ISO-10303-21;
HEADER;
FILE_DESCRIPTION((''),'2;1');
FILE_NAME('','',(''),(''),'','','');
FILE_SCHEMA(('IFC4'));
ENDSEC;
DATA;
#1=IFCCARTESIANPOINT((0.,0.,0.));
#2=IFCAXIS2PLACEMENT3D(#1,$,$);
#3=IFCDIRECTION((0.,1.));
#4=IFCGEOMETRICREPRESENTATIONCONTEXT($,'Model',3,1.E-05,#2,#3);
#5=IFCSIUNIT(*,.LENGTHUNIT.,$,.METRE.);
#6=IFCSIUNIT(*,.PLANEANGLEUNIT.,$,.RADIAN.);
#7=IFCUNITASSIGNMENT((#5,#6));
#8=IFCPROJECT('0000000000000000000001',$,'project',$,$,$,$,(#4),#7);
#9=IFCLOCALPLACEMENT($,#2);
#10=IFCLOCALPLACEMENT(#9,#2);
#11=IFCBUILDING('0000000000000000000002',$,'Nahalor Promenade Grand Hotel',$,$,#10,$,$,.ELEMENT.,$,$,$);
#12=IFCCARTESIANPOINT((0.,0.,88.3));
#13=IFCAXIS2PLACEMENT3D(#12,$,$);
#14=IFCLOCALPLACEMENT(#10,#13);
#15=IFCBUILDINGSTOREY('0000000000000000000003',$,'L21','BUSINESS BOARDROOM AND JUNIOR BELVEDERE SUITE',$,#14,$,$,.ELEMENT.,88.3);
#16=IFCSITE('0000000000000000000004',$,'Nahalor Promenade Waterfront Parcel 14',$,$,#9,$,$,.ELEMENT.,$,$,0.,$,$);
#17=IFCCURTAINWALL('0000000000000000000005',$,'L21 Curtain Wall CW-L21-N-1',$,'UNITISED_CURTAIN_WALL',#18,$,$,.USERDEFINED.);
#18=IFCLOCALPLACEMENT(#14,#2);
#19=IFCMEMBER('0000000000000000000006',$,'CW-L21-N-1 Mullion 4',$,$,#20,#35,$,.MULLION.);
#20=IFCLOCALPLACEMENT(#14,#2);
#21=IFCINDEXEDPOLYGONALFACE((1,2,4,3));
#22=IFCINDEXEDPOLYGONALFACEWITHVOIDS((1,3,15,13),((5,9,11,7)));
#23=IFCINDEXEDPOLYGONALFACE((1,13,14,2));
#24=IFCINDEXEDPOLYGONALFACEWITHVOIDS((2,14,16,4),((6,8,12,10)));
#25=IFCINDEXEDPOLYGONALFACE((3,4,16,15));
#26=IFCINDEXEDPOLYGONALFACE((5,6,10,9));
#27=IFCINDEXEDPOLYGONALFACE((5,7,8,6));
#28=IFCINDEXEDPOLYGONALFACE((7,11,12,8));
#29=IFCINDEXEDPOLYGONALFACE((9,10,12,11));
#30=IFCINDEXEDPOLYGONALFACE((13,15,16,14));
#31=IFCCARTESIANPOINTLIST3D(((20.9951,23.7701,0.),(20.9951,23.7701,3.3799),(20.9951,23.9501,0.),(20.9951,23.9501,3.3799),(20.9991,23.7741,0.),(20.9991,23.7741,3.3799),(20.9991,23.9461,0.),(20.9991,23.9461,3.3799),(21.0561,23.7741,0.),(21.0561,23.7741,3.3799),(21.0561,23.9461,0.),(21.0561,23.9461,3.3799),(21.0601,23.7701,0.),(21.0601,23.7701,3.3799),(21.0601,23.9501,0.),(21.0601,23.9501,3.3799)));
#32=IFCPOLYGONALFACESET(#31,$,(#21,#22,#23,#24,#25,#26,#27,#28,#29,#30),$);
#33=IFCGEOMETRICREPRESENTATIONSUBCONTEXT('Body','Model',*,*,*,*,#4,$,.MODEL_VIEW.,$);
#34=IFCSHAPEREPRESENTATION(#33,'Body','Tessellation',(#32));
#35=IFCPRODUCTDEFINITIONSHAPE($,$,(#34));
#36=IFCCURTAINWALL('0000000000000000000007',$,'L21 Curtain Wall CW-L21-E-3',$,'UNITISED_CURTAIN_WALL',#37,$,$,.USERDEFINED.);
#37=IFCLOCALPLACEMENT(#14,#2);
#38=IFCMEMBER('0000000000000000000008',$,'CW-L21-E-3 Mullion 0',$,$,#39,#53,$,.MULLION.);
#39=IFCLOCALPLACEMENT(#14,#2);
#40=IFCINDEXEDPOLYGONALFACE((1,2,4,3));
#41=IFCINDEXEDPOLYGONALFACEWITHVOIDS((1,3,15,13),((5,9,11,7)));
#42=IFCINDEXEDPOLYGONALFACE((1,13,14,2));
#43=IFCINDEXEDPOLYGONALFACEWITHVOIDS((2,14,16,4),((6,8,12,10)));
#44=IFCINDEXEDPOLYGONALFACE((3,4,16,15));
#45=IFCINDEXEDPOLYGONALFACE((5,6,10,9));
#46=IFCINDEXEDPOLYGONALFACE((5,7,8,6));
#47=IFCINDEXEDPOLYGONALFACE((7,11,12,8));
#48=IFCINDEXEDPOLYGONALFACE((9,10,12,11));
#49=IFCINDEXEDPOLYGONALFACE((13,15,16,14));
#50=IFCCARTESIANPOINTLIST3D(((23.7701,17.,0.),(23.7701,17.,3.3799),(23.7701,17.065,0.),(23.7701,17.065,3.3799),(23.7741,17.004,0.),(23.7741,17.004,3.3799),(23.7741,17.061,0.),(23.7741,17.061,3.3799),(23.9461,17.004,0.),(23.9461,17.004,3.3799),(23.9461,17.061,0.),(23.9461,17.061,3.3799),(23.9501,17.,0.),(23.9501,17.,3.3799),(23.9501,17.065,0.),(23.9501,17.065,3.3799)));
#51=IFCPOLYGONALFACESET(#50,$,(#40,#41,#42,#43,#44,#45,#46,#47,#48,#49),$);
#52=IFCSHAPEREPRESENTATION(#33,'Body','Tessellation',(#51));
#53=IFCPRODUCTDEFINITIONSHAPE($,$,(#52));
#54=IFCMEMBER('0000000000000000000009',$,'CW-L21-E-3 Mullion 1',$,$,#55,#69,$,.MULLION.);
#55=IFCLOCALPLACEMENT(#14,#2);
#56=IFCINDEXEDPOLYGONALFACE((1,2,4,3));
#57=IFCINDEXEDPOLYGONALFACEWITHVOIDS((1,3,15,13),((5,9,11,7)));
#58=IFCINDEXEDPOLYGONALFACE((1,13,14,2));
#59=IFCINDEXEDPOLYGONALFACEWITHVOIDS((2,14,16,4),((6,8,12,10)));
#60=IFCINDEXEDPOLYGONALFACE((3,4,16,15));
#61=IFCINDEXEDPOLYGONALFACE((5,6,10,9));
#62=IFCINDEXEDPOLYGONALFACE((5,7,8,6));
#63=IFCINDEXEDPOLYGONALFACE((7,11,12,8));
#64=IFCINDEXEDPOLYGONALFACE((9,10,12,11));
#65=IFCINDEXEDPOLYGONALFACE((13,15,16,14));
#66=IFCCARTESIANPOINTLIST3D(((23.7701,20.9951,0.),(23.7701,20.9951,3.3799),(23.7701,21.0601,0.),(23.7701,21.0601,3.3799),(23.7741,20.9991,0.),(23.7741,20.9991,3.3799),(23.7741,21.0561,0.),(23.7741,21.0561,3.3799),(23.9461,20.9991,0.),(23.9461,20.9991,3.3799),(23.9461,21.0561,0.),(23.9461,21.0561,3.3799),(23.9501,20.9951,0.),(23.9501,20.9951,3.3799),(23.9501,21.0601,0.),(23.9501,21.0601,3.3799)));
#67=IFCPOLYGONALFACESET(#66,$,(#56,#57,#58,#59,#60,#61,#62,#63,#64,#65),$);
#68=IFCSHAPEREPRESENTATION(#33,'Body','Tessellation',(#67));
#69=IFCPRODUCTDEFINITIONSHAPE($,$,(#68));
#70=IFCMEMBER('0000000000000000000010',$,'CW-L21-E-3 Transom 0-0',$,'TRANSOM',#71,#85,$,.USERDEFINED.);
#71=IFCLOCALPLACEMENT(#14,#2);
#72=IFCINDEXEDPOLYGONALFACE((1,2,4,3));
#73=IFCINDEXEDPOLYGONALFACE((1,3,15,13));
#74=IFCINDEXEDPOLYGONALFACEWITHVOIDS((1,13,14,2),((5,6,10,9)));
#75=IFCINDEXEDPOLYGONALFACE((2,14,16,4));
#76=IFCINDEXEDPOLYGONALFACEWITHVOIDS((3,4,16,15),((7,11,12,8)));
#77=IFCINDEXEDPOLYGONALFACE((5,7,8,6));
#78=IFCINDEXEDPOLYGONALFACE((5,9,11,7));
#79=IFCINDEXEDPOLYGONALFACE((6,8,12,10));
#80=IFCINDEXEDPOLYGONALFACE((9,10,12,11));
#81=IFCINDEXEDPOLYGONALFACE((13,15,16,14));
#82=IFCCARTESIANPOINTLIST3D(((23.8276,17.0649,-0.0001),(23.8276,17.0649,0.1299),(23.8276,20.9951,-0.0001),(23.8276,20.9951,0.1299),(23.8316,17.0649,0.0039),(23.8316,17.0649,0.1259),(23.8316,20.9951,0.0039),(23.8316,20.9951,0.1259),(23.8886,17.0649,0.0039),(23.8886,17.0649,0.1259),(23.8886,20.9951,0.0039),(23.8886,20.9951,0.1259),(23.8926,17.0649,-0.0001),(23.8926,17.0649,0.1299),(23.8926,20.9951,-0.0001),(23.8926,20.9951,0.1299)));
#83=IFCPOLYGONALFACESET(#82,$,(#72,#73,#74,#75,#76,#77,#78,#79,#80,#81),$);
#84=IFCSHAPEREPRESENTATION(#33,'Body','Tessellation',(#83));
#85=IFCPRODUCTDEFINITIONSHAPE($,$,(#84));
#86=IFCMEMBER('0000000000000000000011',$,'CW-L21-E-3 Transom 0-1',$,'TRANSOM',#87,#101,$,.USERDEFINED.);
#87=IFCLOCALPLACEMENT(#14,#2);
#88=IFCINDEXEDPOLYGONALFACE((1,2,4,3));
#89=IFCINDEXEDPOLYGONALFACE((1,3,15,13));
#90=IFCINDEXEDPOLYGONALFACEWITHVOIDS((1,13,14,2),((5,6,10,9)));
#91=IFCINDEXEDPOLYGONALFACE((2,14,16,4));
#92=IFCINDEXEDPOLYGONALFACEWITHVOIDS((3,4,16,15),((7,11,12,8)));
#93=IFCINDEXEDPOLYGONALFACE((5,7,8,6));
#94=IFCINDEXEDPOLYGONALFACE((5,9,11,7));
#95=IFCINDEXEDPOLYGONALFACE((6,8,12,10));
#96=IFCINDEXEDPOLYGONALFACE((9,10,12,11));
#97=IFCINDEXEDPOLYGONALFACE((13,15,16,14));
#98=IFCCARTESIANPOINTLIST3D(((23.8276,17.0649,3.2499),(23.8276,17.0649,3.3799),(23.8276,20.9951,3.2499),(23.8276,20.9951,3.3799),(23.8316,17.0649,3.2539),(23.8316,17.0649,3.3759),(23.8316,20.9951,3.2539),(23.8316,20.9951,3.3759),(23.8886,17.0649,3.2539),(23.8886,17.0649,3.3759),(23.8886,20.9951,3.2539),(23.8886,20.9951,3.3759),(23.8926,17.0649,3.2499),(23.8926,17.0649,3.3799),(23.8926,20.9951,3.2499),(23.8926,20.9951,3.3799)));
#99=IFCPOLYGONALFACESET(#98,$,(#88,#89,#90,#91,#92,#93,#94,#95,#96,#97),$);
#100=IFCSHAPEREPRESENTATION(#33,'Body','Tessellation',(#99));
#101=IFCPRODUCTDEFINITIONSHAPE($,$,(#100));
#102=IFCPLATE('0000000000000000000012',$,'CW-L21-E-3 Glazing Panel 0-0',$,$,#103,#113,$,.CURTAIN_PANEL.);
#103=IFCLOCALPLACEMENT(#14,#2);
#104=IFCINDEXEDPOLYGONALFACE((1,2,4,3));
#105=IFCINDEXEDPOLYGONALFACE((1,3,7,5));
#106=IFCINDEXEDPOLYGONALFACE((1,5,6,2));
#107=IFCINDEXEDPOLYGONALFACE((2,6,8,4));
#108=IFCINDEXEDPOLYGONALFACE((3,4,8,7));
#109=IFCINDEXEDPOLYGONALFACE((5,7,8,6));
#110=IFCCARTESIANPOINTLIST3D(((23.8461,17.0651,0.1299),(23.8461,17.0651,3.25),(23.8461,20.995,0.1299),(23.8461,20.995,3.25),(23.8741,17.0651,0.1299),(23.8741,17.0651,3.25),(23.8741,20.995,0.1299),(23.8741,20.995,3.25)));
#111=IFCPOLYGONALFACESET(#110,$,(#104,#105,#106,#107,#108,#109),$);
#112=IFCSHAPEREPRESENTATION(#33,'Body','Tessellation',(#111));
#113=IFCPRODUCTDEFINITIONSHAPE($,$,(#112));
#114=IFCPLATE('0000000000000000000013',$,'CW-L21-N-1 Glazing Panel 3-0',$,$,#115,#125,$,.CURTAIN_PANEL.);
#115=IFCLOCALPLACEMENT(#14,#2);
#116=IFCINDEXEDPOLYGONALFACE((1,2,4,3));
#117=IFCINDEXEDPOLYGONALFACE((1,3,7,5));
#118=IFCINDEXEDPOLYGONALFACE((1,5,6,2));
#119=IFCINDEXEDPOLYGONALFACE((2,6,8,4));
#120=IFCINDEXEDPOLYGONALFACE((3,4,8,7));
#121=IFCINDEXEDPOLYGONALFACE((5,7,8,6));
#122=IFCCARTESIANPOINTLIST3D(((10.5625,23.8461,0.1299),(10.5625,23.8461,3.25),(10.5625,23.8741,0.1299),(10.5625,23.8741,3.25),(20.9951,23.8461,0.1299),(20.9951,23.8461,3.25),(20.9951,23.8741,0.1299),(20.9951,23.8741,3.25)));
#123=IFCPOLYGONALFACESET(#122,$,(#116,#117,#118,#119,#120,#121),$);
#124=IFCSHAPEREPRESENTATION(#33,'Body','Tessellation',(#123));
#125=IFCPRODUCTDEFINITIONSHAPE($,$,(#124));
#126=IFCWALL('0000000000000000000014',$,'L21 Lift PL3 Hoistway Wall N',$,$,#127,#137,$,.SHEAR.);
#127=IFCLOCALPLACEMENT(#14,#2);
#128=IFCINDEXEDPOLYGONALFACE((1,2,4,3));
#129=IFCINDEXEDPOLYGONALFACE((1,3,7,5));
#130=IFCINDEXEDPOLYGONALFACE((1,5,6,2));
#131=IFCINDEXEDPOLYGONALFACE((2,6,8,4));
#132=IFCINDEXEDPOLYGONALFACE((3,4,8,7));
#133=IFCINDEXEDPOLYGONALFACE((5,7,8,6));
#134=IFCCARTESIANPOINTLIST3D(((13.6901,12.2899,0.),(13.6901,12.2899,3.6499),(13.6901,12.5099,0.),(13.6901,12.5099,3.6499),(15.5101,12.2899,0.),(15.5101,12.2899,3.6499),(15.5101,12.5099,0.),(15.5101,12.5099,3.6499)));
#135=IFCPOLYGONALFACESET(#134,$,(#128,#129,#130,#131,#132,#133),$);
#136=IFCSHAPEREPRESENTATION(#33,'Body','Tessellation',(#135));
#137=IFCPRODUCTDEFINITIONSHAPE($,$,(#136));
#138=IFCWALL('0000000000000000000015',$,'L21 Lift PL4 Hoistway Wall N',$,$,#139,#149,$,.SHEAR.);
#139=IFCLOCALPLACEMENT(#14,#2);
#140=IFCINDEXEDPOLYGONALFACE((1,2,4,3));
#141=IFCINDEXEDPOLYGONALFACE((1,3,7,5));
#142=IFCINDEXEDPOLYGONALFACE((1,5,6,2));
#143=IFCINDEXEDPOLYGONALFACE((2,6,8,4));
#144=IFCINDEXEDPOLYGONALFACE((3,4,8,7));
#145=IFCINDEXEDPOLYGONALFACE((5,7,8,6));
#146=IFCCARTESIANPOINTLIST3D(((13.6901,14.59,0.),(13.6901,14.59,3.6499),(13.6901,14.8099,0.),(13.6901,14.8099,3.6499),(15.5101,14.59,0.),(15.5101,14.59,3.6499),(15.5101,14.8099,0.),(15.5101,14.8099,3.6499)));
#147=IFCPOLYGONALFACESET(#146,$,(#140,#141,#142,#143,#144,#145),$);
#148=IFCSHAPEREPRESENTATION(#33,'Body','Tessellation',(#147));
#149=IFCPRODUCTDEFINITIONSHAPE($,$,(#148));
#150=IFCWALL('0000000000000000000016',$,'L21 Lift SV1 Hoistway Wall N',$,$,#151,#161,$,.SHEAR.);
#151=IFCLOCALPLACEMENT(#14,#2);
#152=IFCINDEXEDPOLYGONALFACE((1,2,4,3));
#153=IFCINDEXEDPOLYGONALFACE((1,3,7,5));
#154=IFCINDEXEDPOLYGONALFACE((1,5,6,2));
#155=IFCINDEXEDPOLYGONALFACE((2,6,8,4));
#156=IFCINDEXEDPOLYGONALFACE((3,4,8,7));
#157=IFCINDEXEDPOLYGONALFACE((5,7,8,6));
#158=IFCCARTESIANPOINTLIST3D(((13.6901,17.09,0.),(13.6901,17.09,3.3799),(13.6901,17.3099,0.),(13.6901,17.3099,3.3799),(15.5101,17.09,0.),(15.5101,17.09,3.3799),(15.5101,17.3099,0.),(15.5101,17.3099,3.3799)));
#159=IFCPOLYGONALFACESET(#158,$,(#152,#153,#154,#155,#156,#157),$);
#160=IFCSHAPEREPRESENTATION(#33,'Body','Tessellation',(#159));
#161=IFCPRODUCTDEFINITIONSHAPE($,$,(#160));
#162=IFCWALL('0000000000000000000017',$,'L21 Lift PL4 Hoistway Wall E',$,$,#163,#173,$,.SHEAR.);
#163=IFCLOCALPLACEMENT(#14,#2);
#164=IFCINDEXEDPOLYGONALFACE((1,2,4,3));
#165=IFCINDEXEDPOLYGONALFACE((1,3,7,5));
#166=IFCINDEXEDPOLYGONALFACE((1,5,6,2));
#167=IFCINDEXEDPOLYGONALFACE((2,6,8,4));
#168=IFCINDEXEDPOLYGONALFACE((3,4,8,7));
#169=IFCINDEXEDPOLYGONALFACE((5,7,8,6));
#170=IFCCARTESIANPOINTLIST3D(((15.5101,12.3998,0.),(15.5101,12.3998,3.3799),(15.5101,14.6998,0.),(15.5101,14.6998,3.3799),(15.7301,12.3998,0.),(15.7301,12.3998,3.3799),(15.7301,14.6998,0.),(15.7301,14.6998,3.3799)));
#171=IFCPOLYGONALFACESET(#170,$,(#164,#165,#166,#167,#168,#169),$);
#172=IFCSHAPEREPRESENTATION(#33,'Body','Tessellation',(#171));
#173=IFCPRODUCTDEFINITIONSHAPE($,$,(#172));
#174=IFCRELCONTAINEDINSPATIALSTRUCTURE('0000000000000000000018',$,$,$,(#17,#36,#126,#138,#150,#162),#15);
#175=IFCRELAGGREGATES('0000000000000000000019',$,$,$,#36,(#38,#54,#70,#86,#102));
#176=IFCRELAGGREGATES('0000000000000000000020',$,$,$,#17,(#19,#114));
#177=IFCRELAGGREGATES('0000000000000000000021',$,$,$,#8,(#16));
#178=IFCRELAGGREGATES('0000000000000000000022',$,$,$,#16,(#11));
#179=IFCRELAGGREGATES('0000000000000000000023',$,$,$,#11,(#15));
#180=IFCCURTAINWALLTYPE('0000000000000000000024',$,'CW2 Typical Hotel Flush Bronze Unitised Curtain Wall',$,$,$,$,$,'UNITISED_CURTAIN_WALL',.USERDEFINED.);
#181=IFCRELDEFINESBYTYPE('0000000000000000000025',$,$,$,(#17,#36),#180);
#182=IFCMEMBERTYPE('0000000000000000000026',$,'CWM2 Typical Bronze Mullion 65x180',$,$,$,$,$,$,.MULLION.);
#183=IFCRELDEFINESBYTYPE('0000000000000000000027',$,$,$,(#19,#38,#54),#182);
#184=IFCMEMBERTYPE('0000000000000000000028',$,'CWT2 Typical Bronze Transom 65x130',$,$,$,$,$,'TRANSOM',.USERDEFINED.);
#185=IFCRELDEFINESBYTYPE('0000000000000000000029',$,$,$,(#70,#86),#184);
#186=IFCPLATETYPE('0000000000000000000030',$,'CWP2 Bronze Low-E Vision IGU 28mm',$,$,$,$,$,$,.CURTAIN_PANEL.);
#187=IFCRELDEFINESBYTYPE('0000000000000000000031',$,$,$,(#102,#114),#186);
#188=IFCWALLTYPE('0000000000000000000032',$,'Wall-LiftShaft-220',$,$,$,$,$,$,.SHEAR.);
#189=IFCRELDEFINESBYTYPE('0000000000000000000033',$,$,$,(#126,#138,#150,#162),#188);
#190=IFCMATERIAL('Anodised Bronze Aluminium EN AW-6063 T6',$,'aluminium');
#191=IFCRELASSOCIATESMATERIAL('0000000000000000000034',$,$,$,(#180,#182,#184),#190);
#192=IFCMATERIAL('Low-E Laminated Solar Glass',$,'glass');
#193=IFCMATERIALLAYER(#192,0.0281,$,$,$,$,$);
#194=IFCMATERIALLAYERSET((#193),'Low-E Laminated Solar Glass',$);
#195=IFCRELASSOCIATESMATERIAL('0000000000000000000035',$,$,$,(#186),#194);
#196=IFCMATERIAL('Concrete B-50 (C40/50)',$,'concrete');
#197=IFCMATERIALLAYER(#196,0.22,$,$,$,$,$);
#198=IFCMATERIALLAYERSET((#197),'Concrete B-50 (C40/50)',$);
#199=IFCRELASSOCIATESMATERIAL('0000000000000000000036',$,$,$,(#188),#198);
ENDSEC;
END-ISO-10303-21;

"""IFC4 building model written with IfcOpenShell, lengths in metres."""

from ifc_helpers import new_model, si_unit, direction, frame, frame_2d, origin, origin_2d, place, context, subcontext, project, spatial, rectangle, hollow_rectangle, extrude, source, transform, mapped, material, layer, layer_set, material_profile, profile_set, type_object, element, aggregate, save


model = new_model("IFC4")

# Units and contexts
model_context = context("Model", 3, precision=1e-05, world=origin(), true_north=direction((0.0, 1.0)))
body_context = subcontext(model_context, "Body", "Model", "MODEL_VIEW")
ifc_project = project(units=[si_unit("LENGTHUNIT", "METRE"), si_unit("PLANEANGLEUNIT", "RADIAN")], contexts=[model_context])

# Site, building, storey
site_placement = place(None, origin())
site = spatial("IfcSite", under=ifc_project, at=site_placement, Name="Nahalor Promenade Waterfront Parcel 14", CompositionType="ELEMENT", RefElevation=0.0)
building_placement = place(site_placement, origin())
building = spatial("IfcBuilding", under=site, at=building_placement, Name="Nahalor Promenade Grand Hotel", CompositionType="ELEMENT")
storey_placement = place(building_placement, frame((0.0, 0.0, 88.3)))
storey = spatial("IfcBuildingStorey", under=building, at=storey_placement, Name="L21", Description="BUSINESS BOARDROOM AND JUNIOR BELVEDERE SUITE", CompositionType="ELEMENT", Elevation=88.3)

# Curtain wall, member
ifc_material_1 = material(Name="Anodised Bronze Aluminium EN AW-6063 T6", Category="aluminium")
curtain_wall_type = type_object("IfcCurtainWallType", Name="CW2 Typical Hotel Flush Bronze Unitised Curtain Wall", ElementType="UNITISED_CURTAIN_WALL", PredefinedType="USERDEFINED", material=ifc_material_1)
curtain_wall_1_placement = place(storey_placement, origin())
curtain_wall_1 = element("IfcCurtainWall", 1, at=curtain_wall_1_placement, inside=storey, type_object=curtain_wall_type, Name="L21 Curtain Wall CW-L21-N-1", ObjectType="UNITISED_CURTAIN_WALL", PredefinedType="USERDEFINED")
ifc_material_profile_1 = material_profile(ifc_material_1, hollow_rectangle(XDim=0.065, YDim=0.18, WallThickness=0.004, at=origin_2d()), Name="CWM 65x180x4")
ifc_profile_set_1 = profile_set([ifc_material_profile_1], Name="Anodised Bronze Aluminium EN AW-6063 T6")
member_type_1 = type_object("IfcMemberType", Name="CWM2 Typical Bronze Mullion 65x180", PredefinedType="MULLION", material=ifc_profile_set_1)
shared_shape_1 = source(origin(), body_context, "Body", "SweptSolid", [
    extrude(hollow_rectangle(XDim=0.065, YDim=0.18, WallThickness=0.004, at=origin_2d()), origin(), (0.0, 0.0, 1.0), 3.3799),
])
member_1_placement = place(storey_placement, frame((21.0276, 23.8601, 0.0), z_axis=(0.0, 0.0, 1.0), x_axis=(1.0, 0.0, 0.0)))
member_1 = element("IfcMember", 2, at=member_1_placement, type_object=member_type_1, Name="CW-L21-N-1 Mullion 4", PredefinedType="MULLION", context=body_context, shape_type="MappedRepresentation", body=[
    mapped(shared_shape_1, transform((0.0, 0.0, 0.0), scale=1.0)),
])

# Curtain wall, members, plate
curtain_wall_2_placement = place(storey_placement, origin())
curtain_wall_2 = element("IfcCurtainWall", 3, at=curtain_wall_2_placement, inside=storey, type_object=curtain_wall_type, Name="L21 Curtain Wall CW-L21-E-3", ObjectType="UNITISED_CURTAIN_WALL", PredefinedType="USERDEFINED")
member_2_placement = place(storey_placement, frame((23.8601, 17.0325, 0.0), z_axis=(0.0, 0.0, 1.0), x_axis=(0.0, 1.0, 0.0)))
member_2 = element("IfcMember", 4, at=member_2_placement, type_object=member_type_1, Name="CW-L21-E-3 Mullion 0", PredefinedType="MULLION", context=body_context, shape_type="MappedRepresentation", body=[
    mapped(shared_shape_1, transform((0.0, 0.0, 0.0), scale=1.0)),
])
member_3_placement = place(storey_placement, frame((23.8601, 21.0276, 0.0), z_axis=(0.0, 0.0, 1.0), x_axis=(0.0, 1.0, 0.0)))
member_3 = element("IfcMember", 5, at=member_3_placement, type_object=member_type_1, Name="CW-L21-E-3 Mullion 1", PredefinedType="MULLION", context=body_context, shape_type="MappedRepresentation", body=[
    mapped(shared_shape_1, transform((0.0, 0.0, 0.0), scale=1.0)),
])
ifc_material_profile_2 = material_profile(ifc_material_1, hollow_rectangle(XDim=0.065, YDim=0.13, WallThickness=0.004, at=origin_2d()), Name="CWT 65x130x4")
ifc_profile_set_2 = profile_set([ifc_material_profile_2], Name="Anodised Bronze Aluminium EN AW-6063 T6")
member_type_2 = type_object("IfcMemberType", Name="CWT2 Typical Bronze Transom 65x130", ElementType="TRANSOM", PredefinedType="USERDEFINED", material=ifc_profile_set_2)
shared_shape_2 = source(origin(), body_context, "Body", "SweptSolid", [
    extrude(hollow_rectangle(XDim=0.065, YDim=0.13, WallThickness=0.004, at=origin_2d()), origin(), (0.0, 0.0, 1.0), 3.9302),
])
member_4_placement = place(storey_placement, frame((23.8601, 17.0649, 0.0649), z_axis=(0.0, 1.0, 0.0), x_axis=(-1.0, 0.0, 0.0)))
member_4 = element("IfcMember", 6, at=member_4_placement, type_object=member_type_2, Name="CW-L21-E-3 Transom 0-0", ObjectType="TRANSOM", PredefinedType="USERDEFINED", context=body_context, shape_type="MappedRepresentation", body=[
    mapped(shared_shape_2, transform((0.0, 0.0, 0.0), scale=1.0)),
])
member_5_placement = place(storey_placement, frame((23.8601, 17.0649, 3.3149), z_axis=(0.0, 1.0, 0.0), x_axis=(-1.0, 0.0, 0.0)))
member_5 = element("IfcMember", 7, at=member_5_placement, type_object=member_type_2, Name="CW-L21-E-3 Transom 0-1", ObjectType="TRANSOM", PredefinedType="USERDEFINED", context=body_context, shape_type="MappedRepresentation", body=[
    mapped(shared_shape_2, transform((0.0, 0.0, 0.0), scale=1.0)),
])
ifc_material_2 = material(Name="Low-E Laminated Solar Glass", Category="glass")
ifc_layer_1 = layer(ifc_material_2, 0.0281)
ifc_layer_set_1 = layer_set([ifc_layer_1], Name="Low-E Laminated Solar Glass")
plate_type = type_object("IfcPlateType", Name="CWP2 Bronze Low-E Vision IGU 28mm", PredefinedType="CURTAIN_PANEL", material=ifc_layer_set_1)
shared_shape_3 = source(origin(), body_context, "Body", "SweptSolid", [
    extrude(rectangle(XDim=3.9299, YDim=0.0281, at=origin_2d()), origin(), (0.0, 0.0, 1.0), 3.1201),
])
plate_1_placement = place(storey_placement, frame((23.8601, 19.03, 0.1299), z_axis=(0.0, 0.0, 1.0), x_axis=(0.0, 1.0, 0.0)))
plate_1 = element("IfcPlate", 8, at=plate_1_placement, type_object=plate_type, Name="CW-L21-E-3 Glazing Panel 0-0", PredefinedType="CURTAIN_PANEL", context=body_context, shape_type="MappedRepresentation", body=[
    mapped(shared_shape_3, transform((0.0, 0.0, 0.0), scale=1.0)),
])
aggregate(curtain_wall_2, [member_2, member_3, member_4, member_5, plate_1])

# Plate
shared_shape_4 = source(origin(), body_context, "Body", "SweptSolid", [
    extrude(rectangle(XDim=10.4326, YDim=0.0281, at=origin_2d()), origin(), (0.0, 0.0, 1.0), 3.1201),
])
plate_2_placement = place(storey_placement, frame((15.7788, 23.8601, 0.1299), z_axis=(0.0, 0.0, 1.0), x_axis=(1.0, 0.0, 0.0)))
plate_2 = element("IfcPlate", 9, at=plate_2_placement, type_object=plate_type, Name="CW-L21-N-1 Glazing Panel 3-0", PredefinedType="CURTAIN_PANEL", context=body_context, shape_type="MappedRepresentation", body=[
    mapped(shared_shape_4, transform((0.0, 0.0, 0.0), scale=1.0)),
])
aggregate(curtain_wall_1, [member_1, plate_2])

# Walls
ifc_material_3 = material(Name="Concrete B-50 (C40/50)", Category="concrete")
ifc_layer_2 = layer(ifc_material_3, 0.22)
ifc_layer_set_2 = layer_set([ifc_layer_2], Name="Concrete B-50 (C40/50)")
wall_type_1 = type_object("IfcWallType", Name="Wall-LiftShaft-220", PredefinedType="SHEAR", material=ifc_layer_set_2)
shared_shape_5 = source(origin(), body_context, "Body", "SweptSolid", [
    extrude(rectangle(XDim=1.8201, YDim=0.22, at=frame_2d((0.9102, 0.0))), origin(), (0.0, 0.0, 1.0), 3.6499),
])
for number, where, z_axis, x_axis, name in (
    (10, (13.6899, 12.3999, 0.0), (0.0, 0.0, 1.0), (1.0, 0.0, 0.0), "L21 Lift PL3 Hoistway Wall N"),
    (11, (13.6899, 14.7, 0.0), (0.0, 0.0, 1.0), (1.0, 0.0, 0.0), "L21 Lift PL4 Hoistway Wall N"),
):
    element("IfcWall", number, at=place(storey_placement, frame(where, z_axis=z_axis, x_axis=x_axis)), inside=storey, type_object=wall_type_1, Name=name, PredefinedType="SHEAR", context=body_context, shape_type="MappedRepresentation", body=[
        mapped(shared_shape_5, transform((0.0, 0.0, 0.0), scale=1.0)),
    ])
shared_shape_6 = source(origin(), body_context, "Body", "SweptSolid", [
    extrude(rectangle(XDim=1.8201, YDim=0.22, at=frame_2d((0.9102, 0.0))), origin(), (0.0, 0.0, 1.0), 3.3799),
])
wall_1_placement = place(storey_placement, frame((13.6899, 17.2, 0.0), z_axis=(0.0, 0.0, 1.0), x_axis=(1.0, 0.0, 0.0)))
element("IfcWall", 12, at=wall_1_placement, inside=storey, type_object=wall_type_1, Name="L21 Lift SV1 Hoistway Wall N", PredefinedType="SHEAR", context=body_context, shape_type="MappedRepresentation", body=[
    mapped(shared_shape_6, transform((0.0, 0.0, 0.0), scale=1.0)),
])
shared_shape_7 = source(origin(), body_context, "Body", "SweptSolid", [
    extrude(rectangle(XDim=2.3, YDim=0.22, at=frame_2d((1.1499, 0.0))), origin(), (0.0, 0.0, 1.0), 3.3799),
])
wall_2_placement = place(storey_placement, frame((15.6201, 12.3999, 0.0), z_axis=(0.0, 0.0, 1.0), x_axis=(0.0, 1.0, 0.0)))
element("IfcWall", 13, at=wall_2_placement, inside=storey, type_object=wall_type_1, Name="L21 Lift PL4 Hoistway Wall E", PredefinedType="SHEAR", context=body_context, shape_type="MappedRepresentation", body=[
    mapped(shared_shape_7, transform((0.0, 0.0, 0.0), scale=1.0)),
])

save(model, "model.ifc")
